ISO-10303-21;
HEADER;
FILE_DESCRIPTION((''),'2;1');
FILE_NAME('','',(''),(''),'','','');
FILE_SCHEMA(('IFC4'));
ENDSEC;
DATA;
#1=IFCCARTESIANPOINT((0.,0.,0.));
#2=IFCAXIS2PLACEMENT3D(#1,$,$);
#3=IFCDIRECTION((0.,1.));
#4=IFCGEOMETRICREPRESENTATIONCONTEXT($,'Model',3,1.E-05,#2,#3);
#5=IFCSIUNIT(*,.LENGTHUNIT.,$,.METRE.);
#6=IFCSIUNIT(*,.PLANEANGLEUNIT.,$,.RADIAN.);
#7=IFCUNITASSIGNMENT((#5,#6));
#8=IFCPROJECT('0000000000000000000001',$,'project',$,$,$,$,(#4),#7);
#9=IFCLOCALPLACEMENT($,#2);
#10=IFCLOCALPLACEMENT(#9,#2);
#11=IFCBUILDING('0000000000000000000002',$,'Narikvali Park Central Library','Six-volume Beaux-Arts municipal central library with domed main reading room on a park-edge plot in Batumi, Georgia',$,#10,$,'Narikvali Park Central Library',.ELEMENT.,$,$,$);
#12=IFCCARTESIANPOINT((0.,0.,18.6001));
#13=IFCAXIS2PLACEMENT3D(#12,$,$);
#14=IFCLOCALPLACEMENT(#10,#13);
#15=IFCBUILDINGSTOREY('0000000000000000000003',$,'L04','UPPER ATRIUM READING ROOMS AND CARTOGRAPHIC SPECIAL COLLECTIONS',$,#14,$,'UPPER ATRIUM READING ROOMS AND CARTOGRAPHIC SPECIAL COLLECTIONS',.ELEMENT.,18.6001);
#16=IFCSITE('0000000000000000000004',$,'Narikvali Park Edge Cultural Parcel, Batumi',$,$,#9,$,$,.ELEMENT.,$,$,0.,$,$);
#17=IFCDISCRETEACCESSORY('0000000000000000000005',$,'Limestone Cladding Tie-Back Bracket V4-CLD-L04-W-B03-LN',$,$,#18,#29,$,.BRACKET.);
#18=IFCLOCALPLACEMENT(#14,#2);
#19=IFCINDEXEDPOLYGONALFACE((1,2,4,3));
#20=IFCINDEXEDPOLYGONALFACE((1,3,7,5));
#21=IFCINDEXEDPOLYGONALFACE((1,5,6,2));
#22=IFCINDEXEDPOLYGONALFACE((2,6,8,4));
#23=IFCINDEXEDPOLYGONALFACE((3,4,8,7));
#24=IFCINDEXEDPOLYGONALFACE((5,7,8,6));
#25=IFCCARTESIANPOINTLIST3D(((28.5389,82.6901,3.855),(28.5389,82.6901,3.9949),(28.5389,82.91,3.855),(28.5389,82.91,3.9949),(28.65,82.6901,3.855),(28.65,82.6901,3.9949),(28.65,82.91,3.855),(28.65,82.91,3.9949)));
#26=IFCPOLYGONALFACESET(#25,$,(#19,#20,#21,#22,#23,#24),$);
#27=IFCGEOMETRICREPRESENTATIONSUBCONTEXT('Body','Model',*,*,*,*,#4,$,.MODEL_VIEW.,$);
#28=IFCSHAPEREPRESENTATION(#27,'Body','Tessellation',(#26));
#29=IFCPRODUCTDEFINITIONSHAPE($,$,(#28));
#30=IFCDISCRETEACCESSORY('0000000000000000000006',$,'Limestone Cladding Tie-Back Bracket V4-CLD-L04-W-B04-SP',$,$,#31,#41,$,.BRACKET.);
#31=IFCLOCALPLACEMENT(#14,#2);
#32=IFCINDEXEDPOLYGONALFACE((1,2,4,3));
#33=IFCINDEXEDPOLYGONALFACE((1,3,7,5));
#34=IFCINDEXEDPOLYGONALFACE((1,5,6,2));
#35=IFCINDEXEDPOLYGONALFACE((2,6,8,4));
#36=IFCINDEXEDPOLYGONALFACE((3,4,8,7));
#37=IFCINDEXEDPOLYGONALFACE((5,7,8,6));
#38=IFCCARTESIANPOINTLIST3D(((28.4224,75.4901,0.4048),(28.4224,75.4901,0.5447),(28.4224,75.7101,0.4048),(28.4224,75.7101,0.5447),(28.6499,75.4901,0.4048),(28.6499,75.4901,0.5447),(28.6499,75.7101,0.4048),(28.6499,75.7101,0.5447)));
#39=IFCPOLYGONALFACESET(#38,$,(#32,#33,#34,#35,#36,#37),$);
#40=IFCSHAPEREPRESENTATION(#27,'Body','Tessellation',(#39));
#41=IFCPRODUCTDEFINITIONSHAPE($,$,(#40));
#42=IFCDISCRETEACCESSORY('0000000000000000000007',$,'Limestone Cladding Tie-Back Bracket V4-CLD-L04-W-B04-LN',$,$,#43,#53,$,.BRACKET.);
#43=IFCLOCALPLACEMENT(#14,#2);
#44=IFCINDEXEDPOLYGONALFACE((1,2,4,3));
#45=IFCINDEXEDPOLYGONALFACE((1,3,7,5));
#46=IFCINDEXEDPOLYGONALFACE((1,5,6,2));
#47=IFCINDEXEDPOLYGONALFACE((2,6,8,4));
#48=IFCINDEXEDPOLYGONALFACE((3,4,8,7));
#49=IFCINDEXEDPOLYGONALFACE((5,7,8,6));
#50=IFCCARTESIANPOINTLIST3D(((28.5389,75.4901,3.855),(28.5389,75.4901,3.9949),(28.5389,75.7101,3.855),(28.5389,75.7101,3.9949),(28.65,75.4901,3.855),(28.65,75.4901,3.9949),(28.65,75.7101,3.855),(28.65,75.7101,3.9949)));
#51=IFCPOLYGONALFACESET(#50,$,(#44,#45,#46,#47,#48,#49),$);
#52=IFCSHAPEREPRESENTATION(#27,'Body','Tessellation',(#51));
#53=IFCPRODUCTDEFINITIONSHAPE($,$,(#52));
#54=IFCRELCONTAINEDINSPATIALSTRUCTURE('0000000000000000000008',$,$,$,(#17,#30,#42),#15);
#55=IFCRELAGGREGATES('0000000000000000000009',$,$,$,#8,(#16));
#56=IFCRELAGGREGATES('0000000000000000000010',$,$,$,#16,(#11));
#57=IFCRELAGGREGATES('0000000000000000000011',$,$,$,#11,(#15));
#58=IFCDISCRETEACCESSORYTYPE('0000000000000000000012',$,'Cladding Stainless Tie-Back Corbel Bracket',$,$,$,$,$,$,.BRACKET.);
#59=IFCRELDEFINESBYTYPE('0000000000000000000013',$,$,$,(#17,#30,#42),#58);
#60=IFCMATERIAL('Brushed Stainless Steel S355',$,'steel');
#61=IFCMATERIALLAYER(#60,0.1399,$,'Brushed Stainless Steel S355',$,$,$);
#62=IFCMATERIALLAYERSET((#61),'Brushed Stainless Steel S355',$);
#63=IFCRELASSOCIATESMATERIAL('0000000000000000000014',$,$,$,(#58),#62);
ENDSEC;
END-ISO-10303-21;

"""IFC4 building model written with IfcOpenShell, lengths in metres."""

from ifc_helpers import new_model, si_unit, direction, frame, origin, origin_2d, place, context, subcontext, project, spatial, rectangle, extrude, material, layer, layer_set, type_object, element, save


model = new_model("IFC4")

# Units and contexts
model_context = context("Model", 3, precision=1e-05, world=origin(), true_north=direction((0.0, 1.0)))
body_context = subcontext(model_context, "Body", "Model", "MODEL_VIEW")
ifc_project = project(units=[si_unit("LENGTHUNIT", "METRE"), si_unit("PLANEANGLEUNIT", "RADIAN")], contexts=[model_context])

# Site, building, storey
site_placement = place(None, origin())
site = spatial("IfcSite", under=ifc_project, at=site_placement, Name="Narikvali Park Edge Cultural Parcel, Batumi", CompositionType="ELEMENT", RefElevation=0.0)
building_placement = place(site_placement, origin())
building = spatial("IfcBuilding", under=site, at=building_placement, Name="Narikvali Park Central Library", Description="Six-volume Beaux-Arts municipal central library with domed main reading room on a park-edge plot in Batumi, Georgia", LongName="Narikvali Park Central Library", CompositionType="ELEMENT")
storey_placement = place(building_placement, frame((0.0, 0.0, 18.6001)))
storey = spatial("IfcBuildingStorey", under=building, at=storey_placement, Name="L04", Description="UPPER ATRIUM READING ROOMS AND CARTOGRAPHIC SPECIAL COLLECTIONS", LongName="UPPER ATRIUM READING ROOMS AND CARTOGRAPHIC SPECIAL COLLECTIONS", CompositionType="ELEMENT", Elevation=18.6001)

# Discrete accessories
ifc_material_1 = material(Name="Brushed Stainless Steel S355", Category="steel")
ifc_layer_1 = layer(ifc_material_1, 0.1399, Name="Brushed Stainless Steel S355")
ifc_layer_set_1 = layer_set([ifc_layer_1], Name="Brushed Stainless Steel S355")
discrete_accessory_type = type_object("IfcDiscreteAccessoryType", Name="Cladding Stainless Tie-Back Corbel Bracket", PredefinedType="BRACKET", material=ifc_layer_set_1)
discrete_accessory_1_placement = place(storey_placement, frame((28.5945, 82.8, 3.855), z_axis=(0.0, 0.0, 1.0), x_axis=(1.0, 0.0, 0.0)))
element("IfcDiscreteAccessory", 1, at=discrete_accessory_1_placement, inside=storey, type_object=discrete_accessory_type, Name="Limestone Cladding Tie-Back Bracket V4-CLD-L04-W-B03-LN", PredefinedType="BRACKET", context=body_context, shape_type="SweptSolid", body=[
    extrude(rectangle(XDim=0.1111, YDim=0.22, at=origin_2d()), origin(), (0.0, 0.0, 1.0), 0.1399),
])
discrete_accessory_2_placement = place(storey_placement, frame((28.5361, 75.6001, 0.4048), z_axis=(0.0, 0.0, 1.0), x_axis=(1.0, 0.0, 0.0)))
element("IfcDiscreteAccessory", 2, at=discrete_accessory_2_placement, inside=storey, type_object=discrete_accessory_type, Name="Limestone Cladding Tie-Back Bracket V4-CLD-L04-W-B04-SP", PredefinedType="BRACKET", context=body_context, shape_type="SweptSolid", body=[
    extrude(rectangle(XDim=0.2275, YDim=0.22, at=origin_2d()), origin(), (0.0, 0.0, 1.0), 0.1399),
])
discrete_accessory_3_placement = place(storey_placement, frame((28.5945, 75.6001, 3.855), z_axis=(0.0, 0.0, 1.0), x_axis=(1.0, 0.0, 0.0)))
element("IfcDiscreteAccessory", 3, at=discrete_accessory_3_placement, inside=storey, type_object=discrete_accessory_type, Name="Limestone Cladding Tie-Back Bracket V4-CLD-L04-W-B04-LN", PredefinedType="BRACKET", context=body_context, shape_type="SweptSolid", body=[
    extrude(rectangle(XDim=0.1111, YDim=0.22, at=origin_2d()), origin(), (0.0, 0.0, 1.0), 0.1399),
])

save(model, "model.ifc")
